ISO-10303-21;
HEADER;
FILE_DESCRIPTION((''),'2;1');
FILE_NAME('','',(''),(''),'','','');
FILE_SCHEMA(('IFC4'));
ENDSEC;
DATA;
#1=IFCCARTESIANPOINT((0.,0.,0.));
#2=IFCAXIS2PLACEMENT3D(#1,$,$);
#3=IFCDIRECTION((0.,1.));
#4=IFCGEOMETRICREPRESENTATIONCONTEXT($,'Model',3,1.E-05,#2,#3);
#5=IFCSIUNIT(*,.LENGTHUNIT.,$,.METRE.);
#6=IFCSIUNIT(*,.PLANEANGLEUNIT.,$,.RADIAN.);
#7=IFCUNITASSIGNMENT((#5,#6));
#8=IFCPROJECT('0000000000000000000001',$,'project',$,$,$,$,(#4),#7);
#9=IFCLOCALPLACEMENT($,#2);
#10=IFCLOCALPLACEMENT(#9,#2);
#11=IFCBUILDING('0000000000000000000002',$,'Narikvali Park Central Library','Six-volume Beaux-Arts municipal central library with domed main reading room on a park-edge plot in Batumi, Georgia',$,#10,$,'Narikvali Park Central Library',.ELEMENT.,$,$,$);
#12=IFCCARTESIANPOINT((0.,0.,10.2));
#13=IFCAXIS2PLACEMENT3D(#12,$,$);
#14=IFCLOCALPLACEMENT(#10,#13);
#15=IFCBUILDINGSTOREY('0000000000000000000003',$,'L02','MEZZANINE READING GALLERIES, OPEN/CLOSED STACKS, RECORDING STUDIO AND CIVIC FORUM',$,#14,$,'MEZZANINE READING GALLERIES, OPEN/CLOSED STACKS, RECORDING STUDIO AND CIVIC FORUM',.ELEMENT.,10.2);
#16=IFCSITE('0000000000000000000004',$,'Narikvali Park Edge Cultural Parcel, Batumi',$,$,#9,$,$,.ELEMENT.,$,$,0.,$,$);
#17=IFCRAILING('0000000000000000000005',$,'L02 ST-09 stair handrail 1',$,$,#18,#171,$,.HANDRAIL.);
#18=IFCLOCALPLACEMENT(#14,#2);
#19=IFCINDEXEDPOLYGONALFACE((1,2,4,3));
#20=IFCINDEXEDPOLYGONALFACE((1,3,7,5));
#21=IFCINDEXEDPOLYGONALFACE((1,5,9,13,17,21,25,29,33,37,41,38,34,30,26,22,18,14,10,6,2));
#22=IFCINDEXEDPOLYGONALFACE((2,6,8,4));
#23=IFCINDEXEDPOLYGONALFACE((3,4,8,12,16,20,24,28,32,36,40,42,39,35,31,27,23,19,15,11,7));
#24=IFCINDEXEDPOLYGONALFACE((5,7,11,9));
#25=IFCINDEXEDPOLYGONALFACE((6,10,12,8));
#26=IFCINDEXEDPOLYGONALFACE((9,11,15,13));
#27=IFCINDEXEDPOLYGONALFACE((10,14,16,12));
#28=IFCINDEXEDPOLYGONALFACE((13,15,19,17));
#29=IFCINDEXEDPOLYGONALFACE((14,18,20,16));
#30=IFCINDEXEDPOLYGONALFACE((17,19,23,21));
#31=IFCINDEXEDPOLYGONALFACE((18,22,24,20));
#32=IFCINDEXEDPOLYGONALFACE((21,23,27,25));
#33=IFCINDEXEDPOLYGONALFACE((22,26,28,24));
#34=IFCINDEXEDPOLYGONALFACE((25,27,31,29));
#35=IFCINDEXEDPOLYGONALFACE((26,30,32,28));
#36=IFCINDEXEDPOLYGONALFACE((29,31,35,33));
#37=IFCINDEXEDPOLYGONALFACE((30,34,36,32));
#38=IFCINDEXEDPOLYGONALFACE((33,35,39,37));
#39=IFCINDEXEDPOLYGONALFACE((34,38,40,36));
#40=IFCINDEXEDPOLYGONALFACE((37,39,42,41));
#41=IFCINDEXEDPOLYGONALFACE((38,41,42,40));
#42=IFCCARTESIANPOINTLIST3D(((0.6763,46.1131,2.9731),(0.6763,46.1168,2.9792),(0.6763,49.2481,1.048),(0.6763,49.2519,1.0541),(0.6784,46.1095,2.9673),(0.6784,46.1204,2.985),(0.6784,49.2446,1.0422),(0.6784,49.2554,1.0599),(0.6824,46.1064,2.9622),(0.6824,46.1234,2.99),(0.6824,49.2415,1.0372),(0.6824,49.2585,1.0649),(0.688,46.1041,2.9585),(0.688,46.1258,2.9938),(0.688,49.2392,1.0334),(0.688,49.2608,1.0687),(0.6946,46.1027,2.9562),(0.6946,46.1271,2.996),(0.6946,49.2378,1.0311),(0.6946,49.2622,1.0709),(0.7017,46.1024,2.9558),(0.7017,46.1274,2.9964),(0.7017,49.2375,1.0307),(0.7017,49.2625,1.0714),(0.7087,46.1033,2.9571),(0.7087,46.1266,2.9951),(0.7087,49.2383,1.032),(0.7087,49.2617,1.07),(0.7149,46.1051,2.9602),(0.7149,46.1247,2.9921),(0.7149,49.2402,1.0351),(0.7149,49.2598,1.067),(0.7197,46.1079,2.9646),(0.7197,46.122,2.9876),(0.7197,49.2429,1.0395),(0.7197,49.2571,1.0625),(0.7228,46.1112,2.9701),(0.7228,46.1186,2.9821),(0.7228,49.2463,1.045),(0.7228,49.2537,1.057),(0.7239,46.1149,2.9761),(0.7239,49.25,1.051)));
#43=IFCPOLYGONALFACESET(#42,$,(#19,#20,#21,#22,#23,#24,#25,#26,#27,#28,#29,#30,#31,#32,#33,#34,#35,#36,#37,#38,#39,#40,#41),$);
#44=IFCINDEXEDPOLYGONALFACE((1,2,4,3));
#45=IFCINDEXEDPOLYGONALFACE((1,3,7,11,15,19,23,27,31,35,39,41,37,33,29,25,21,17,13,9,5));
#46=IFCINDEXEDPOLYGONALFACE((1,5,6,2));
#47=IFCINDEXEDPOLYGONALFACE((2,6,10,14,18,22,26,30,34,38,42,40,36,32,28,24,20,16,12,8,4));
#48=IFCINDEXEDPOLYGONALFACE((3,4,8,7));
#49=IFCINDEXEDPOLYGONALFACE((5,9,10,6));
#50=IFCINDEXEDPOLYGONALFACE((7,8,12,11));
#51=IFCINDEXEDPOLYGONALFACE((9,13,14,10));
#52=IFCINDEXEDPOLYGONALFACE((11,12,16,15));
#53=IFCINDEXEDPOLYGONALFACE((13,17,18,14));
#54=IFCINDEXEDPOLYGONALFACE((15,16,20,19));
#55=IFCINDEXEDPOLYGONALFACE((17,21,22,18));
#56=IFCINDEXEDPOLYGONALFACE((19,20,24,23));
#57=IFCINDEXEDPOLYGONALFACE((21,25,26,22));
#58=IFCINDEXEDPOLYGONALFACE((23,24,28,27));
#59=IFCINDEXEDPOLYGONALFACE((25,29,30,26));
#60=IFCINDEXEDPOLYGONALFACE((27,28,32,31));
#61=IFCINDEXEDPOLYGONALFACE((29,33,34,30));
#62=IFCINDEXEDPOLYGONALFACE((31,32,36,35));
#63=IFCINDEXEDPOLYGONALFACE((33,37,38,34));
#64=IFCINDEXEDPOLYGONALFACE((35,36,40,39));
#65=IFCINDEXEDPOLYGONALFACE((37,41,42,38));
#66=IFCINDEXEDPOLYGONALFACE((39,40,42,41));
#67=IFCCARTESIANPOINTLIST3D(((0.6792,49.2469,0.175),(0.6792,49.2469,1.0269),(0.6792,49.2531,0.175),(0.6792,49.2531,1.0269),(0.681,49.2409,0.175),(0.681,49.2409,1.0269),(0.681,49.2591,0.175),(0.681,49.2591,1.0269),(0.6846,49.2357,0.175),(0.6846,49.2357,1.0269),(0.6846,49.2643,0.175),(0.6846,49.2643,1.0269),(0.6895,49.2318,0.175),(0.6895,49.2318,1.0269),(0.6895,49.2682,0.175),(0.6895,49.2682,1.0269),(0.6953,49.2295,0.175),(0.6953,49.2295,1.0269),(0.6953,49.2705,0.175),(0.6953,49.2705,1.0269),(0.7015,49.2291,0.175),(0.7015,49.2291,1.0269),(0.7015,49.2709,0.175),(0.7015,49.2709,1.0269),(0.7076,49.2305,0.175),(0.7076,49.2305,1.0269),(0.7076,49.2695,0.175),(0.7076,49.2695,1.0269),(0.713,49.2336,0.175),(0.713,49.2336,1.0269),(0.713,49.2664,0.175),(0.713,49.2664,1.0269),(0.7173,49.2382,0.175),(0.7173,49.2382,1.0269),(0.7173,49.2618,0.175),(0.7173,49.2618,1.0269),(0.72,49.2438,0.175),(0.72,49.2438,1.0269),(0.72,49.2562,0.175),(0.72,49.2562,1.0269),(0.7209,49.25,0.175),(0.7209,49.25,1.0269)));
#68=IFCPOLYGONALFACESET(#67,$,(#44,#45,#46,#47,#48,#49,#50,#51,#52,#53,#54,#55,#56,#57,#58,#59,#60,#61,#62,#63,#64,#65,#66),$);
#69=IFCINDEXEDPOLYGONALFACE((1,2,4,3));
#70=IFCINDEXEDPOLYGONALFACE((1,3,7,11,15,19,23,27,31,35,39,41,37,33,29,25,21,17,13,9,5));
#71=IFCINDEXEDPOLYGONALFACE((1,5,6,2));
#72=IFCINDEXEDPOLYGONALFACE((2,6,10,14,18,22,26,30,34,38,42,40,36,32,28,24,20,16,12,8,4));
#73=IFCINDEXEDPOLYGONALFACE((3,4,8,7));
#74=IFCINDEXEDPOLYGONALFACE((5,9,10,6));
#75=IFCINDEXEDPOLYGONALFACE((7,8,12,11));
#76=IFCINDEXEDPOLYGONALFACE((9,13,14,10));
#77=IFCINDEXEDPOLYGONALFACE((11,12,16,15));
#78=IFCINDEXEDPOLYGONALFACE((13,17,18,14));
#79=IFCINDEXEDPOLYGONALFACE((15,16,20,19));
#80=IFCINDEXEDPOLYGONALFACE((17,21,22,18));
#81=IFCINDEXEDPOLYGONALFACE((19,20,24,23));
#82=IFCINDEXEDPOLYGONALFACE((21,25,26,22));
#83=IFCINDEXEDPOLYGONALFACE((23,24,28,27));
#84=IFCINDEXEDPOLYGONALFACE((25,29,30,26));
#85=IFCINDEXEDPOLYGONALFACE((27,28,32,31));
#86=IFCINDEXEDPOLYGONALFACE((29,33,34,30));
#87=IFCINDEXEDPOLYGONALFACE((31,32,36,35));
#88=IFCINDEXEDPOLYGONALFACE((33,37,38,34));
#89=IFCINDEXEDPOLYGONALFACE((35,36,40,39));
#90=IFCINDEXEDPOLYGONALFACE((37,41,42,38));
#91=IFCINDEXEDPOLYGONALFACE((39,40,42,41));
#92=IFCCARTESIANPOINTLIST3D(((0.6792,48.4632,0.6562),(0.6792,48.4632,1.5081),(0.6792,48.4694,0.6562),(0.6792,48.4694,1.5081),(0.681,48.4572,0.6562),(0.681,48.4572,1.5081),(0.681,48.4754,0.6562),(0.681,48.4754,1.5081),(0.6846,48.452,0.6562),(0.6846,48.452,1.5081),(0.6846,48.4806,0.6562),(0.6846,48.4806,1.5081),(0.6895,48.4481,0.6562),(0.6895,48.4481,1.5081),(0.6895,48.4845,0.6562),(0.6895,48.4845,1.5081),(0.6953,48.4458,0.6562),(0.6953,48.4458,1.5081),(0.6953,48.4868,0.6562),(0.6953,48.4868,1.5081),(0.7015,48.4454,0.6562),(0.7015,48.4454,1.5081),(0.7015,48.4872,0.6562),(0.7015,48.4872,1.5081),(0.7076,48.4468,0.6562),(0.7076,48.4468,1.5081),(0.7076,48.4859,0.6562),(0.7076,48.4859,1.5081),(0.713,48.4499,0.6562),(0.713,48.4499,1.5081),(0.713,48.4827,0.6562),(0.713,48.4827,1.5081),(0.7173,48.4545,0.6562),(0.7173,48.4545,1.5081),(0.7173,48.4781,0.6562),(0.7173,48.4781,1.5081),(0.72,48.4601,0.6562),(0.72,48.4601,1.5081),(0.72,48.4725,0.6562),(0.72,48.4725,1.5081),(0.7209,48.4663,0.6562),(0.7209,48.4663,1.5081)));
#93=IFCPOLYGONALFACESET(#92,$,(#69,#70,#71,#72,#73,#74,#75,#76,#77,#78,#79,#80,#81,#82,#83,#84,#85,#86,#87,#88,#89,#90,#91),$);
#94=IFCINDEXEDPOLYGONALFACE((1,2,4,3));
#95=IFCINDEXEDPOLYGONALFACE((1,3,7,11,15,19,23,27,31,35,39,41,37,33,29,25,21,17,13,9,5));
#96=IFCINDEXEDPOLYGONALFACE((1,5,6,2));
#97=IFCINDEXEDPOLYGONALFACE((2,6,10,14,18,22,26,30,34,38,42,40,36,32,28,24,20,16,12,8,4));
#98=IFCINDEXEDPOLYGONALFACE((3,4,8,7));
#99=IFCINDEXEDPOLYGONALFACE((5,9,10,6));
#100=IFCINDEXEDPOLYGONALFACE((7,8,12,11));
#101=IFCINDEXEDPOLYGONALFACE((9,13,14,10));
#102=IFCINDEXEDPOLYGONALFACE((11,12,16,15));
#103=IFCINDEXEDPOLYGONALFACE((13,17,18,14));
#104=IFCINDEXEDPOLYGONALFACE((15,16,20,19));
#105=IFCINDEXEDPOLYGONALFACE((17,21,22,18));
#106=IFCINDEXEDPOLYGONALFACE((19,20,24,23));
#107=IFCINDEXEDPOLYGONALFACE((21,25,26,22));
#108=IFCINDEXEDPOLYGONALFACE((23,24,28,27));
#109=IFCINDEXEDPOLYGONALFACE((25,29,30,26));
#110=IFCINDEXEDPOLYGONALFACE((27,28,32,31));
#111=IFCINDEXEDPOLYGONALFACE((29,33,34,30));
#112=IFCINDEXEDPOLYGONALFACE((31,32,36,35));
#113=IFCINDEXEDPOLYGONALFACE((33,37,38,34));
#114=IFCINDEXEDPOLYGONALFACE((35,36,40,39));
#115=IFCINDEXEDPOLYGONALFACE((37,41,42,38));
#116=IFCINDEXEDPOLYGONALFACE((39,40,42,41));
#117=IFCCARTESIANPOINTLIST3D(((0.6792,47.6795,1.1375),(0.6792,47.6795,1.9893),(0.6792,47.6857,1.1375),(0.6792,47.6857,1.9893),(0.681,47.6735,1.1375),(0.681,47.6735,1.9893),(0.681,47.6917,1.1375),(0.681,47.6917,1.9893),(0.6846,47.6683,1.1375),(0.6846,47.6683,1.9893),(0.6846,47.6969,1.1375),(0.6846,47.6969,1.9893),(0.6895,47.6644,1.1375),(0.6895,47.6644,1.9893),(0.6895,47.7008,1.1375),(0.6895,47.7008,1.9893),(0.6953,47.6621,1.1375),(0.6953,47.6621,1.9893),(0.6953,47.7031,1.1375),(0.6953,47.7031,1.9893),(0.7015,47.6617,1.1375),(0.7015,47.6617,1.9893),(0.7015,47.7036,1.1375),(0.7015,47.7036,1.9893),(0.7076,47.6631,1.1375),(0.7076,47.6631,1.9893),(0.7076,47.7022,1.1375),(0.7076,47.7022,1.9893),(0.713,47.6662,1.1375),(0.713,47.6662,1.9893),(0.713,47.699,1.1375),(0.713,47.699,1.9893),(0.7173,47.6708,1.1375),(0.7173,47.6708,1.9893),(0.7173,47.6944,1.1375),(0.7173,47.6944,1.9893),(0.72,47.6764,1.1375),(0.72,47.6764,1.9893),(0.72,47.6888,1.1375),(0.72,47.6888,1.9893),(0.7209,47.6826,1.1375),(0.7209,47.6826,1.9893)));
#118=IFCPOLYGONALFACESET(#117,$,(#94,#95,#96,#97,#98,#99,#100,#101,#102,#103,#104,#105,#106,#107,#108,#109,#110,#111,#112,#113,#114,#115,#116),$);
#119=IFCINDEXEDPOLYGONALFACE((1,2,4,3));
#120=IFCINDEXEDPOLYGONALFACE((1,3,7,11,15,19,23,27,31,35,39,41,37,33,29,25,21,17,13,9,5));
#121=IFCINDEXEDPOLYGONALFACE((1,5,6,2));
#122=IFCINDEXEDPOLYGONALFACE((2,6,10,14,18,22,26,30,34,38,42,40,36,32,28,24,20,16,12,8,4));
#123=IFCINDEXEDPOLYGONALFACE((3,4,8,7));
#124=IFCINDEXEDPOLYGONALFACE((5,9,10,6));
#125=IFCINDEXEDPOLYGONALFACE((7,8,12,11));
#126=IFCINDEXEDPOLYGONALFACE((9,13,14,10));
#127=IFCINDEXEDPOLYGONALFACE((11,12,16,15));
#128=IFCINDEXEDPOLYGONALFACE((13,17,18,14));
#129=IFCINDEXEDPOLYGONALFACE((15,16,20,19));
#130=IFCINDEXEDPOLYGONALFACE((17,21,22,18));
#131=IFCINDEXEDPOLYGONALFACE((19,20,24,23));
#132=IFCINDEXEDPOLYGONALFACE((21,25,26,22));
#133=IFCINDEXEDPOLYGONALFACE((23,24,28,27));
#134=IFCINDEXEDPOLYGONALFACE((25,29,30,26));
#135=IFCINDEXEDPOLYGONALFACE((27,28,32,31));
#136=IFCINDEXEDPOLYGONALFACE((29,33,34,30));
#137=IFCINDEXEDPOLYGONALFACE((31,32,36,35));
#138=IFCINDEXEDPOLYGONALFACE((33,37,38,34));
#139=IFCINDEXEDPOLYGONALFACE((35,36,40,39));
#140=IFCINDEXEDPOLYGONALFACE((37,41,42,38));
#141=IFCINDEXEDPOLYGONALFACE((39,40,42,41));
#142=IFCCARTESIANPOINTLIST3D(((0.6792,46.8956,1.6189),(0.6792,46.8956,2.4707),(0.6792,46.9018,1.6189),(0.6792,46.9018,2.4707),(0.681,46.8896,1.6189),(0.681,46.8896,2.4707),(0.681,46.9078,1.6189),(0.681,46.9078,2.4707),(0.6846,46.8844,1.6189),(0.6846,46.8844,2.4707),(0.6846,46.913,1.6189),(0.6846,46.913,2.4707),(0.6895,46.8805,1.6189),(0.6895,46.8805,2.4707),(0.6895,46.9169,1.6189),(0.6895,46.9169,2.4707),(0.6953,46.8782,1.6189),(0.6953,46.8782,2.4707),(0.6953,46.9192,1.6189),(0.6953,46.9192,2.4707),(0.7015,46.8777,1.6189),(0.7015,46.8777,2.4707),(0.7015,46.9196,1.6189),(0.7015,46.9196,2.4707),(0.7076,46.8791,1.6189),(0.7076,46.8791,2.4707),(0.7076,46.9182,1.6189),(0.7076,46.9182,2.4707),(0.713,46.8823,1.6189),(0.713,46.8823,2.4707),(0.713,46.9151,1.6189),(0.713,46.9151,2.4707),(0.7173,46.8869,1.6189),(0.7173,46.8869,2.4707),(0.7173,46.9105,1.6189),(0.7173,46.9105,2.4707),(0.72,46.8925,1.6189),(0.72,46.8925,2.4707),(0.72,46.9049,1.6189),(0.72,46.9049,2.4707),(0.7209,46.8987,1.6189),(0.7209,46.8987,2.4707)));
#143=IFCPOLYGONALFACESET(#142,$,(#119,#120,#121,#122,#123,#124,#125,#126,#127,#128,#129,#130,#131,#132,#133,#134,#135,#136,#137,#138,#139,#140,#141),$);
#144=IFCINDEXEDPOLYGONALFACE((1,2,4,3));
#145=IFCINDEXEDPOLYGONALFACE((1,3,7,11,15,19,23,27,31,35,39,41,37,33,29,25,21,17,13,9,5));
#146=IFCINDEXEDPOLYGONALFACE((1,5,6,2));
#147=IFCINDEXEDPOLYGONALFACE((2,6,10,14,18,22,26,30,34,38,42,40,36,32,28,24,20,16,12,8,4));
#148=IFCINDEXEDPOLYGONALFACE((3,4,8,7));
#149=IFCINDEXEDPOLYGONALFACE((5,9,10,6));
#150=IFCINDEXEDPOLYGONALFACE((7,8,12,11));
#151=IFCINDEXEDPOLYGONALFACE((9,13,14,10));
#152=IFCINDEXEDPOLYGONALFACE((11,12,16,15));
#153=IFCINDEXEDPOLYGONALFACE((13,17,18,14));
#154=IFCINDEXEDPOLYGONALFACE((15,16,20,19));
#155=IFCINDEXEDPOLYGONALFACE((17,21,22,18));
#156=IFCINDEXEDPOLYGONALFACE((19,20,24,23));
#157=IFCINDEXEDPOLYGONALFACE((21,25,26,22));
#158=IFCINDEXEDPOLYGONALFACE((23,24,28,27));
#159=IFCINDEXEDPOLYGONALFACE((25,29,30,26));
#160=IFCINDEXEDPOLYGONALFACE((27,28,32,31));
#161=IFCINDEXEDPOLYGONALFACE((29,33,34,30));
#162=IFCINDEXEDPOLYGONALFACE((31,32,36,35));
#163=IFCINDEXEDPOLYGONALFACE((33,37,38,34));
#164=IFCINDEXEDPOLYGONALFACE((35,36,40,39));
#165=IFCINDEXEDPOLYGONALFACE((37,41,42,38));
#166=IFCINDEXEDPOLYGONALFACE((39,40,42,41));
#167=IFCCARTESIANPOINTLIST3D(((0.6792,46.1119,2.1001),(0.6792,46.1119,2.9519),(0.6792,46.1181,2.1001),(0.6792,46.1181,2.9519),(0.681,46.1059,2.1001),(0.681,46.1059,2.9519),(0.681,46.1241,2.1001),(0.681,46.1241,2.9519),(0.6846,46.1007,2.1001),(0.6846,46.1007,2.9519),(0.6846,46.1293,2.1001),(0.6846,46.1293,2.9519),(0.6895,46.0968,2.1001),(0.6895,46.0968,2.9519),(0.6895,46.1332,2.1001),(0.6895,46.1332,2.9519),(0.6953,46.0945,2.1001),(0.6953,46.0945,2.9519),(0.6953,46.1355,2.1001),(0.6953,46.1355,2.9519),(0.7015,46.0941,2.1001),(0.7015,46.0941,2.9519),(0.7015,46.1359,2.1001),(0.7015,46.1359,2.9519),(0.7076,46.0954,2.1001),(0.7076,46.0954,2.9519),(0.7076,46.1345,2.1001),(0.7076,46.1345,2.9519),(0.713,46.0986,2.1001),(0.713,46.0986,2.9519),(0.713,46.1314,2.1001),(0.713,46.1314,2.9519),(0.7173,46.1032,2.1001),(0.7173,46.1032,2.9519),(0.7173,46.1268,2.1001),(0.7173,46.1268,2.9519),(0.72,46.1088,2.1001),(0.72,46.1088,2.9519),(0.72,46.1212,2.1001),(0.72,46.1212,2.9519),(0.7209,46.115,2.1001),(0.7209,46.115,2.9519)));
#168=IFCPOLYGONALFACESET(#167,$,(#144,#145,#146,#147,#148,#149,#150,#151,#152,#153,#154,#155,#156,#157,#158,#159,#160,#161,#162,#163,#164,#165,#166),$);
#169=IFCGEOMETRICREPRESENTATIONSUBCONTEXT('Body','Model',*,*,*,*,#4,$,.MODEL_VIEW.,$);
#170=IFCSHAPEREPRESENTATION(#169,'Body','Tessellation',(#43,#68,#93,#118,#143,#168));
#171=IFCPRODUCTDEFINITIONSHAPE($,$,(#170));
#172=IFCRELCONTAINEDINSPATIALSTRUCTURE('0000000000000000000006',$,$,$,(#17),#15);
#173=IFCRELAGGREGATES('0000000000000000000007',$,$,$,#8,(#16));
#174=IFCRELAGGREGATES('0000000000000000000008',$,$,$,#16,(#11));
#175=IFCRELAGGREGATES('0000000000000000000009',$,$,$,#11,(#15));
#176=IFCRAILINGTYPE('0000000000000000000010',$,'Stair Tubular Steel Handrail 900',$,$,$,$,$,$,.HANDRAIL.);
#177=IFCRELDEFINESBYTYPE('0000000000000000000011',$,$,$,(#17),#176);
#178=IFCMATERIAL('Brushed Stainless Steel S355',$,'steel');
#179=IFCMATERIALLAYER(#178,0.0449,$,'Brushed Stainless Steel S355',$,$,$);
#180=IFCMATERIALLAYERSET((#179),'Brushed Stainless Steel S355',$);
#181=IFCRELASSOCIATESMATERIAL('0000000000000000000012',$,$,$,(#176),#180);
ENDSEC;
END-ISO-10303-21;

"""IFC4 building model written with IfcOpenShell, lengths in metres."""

from ifc_helpers import new_model, si_unit, direction, frame, origin, origin_2d, place, context, subcontext, project, spatial, circle, extrude, material, layer, layer_set, type_object, element, save


model = new_model("IFC4")

# Units and contexts
model_context = context("Model", 3, precision=1e-05, world=origin(), true_north=direction((0.0, 1.0)))
body_context = subcontext(model_context, "Body", "Model", "MODEL_VIEW")
ifc_project = project(units=[si_unit("LENGTHUNIT", "METRE"), si_unit("PLANEANGLEUNIT", "RADIAN")], contexts=[model_context])

# Site, building, storey
site_placement = place(None, origin())
site = spatial("IfcSite", under=ifc_project, at=site_placement, Name="Narikvali Park Edge Cultural Parcel, Batumi", CompositionType="ELEMENT", RefElevation=0.0)
building_placement = place(site_placement, origin())
building = spatial("IfcBuilding", under=site, at=building_placement, Name="Narikvali Park Central Library", Description="Six-volume Beaux-Arts municipal central library with domed main reading room on a park-edge plot in Batumi, Georgia", LongName="Narikvali Park Central Library", CompositionType="ELEMENT")
storey_placement = place(building_placement, frame((0.0, 0.0, 10.2)))
storey = spatial("IfcBuildingStorey", under=building, at=storey_placement, Name="L02", Description="MEZZANINE READING GALLERIES, OPEN/CLOSED STACKS, RECORDING STUDIO AND CIVIC FORUM", LongName="MEZZANINE READING GALLERIES, OPEN/CLOSED STACKS, RECORDING STUDIO AND CIVIC FORUM", CompositionType="ELEMENT", Elevation=10.2)

# Shared definitions
ifc_material_1 = material(Name="Brushed Stainless Steel S355", Category="steel")

# Railing
ifc_layer_1 = layer(ifc_material_1, 0.0449, Name="Brushed Stainless Steel S355")
ifc_layer_set_1 = layer_set([ifc_layer_1], Name="Brushed Stainless Steel S355")
railing_type_1 = type_object("IfcRailingType", Name="Stair Tubular Steel Handrail 900", PredefinedType="HANDRAIL", material=ifc_layer_set_1)
railing_1_placement = place(storey_placement, frame((0.7, 49.25, 0.175)))
element("IfcRailing", 1, at=railing_1_placement, inside=storey, type_object=railing_type_1, Name="L02 ST-09 stair handrail 1", PredefinedType="HANDRAIL", context=body_context, shape_type="SweptSolid", body=[
    extrude(circle(Radius=0.0239, at=origin_2d()), frame((0.0, 0.0, 0.876), z_axis=(0.0, -0.852166, 0.523271), x_axis=(1.0, 0.0, 0.0)), (0.0, 0.0, 1.0), 3.679),
    extrude(circle(Radius=0.021, at=origin_2d()), origin(), (0.0, 0.0, 1.0), 0.8518),
    extrude(circle(Radius=0.021, at=origin_2d()), frame((0.0, -0.7837, 0.4812)), (0.0, 0.0, 1.0), 0.8518),
    extrude(circle(Radius=0.021, at=origin_2d()), frame((0.0, -1.5674, 0.9624)), (0.0, 0.0, 1.0), 0.8518),
    extrude(circle(Radius=0.021, at=origin_2d()), frame((0.0, -2.3513, 1.4438)), (0.0, 0.0, 1.0), 0.8518),
    extrude(circle(Radius=0.021, at=origin_2d()), frame((0.0, -3.135, 1.925)), (0.0, 0.0, 1.0), 0.8518),
])

save(model, "model.ifc")
